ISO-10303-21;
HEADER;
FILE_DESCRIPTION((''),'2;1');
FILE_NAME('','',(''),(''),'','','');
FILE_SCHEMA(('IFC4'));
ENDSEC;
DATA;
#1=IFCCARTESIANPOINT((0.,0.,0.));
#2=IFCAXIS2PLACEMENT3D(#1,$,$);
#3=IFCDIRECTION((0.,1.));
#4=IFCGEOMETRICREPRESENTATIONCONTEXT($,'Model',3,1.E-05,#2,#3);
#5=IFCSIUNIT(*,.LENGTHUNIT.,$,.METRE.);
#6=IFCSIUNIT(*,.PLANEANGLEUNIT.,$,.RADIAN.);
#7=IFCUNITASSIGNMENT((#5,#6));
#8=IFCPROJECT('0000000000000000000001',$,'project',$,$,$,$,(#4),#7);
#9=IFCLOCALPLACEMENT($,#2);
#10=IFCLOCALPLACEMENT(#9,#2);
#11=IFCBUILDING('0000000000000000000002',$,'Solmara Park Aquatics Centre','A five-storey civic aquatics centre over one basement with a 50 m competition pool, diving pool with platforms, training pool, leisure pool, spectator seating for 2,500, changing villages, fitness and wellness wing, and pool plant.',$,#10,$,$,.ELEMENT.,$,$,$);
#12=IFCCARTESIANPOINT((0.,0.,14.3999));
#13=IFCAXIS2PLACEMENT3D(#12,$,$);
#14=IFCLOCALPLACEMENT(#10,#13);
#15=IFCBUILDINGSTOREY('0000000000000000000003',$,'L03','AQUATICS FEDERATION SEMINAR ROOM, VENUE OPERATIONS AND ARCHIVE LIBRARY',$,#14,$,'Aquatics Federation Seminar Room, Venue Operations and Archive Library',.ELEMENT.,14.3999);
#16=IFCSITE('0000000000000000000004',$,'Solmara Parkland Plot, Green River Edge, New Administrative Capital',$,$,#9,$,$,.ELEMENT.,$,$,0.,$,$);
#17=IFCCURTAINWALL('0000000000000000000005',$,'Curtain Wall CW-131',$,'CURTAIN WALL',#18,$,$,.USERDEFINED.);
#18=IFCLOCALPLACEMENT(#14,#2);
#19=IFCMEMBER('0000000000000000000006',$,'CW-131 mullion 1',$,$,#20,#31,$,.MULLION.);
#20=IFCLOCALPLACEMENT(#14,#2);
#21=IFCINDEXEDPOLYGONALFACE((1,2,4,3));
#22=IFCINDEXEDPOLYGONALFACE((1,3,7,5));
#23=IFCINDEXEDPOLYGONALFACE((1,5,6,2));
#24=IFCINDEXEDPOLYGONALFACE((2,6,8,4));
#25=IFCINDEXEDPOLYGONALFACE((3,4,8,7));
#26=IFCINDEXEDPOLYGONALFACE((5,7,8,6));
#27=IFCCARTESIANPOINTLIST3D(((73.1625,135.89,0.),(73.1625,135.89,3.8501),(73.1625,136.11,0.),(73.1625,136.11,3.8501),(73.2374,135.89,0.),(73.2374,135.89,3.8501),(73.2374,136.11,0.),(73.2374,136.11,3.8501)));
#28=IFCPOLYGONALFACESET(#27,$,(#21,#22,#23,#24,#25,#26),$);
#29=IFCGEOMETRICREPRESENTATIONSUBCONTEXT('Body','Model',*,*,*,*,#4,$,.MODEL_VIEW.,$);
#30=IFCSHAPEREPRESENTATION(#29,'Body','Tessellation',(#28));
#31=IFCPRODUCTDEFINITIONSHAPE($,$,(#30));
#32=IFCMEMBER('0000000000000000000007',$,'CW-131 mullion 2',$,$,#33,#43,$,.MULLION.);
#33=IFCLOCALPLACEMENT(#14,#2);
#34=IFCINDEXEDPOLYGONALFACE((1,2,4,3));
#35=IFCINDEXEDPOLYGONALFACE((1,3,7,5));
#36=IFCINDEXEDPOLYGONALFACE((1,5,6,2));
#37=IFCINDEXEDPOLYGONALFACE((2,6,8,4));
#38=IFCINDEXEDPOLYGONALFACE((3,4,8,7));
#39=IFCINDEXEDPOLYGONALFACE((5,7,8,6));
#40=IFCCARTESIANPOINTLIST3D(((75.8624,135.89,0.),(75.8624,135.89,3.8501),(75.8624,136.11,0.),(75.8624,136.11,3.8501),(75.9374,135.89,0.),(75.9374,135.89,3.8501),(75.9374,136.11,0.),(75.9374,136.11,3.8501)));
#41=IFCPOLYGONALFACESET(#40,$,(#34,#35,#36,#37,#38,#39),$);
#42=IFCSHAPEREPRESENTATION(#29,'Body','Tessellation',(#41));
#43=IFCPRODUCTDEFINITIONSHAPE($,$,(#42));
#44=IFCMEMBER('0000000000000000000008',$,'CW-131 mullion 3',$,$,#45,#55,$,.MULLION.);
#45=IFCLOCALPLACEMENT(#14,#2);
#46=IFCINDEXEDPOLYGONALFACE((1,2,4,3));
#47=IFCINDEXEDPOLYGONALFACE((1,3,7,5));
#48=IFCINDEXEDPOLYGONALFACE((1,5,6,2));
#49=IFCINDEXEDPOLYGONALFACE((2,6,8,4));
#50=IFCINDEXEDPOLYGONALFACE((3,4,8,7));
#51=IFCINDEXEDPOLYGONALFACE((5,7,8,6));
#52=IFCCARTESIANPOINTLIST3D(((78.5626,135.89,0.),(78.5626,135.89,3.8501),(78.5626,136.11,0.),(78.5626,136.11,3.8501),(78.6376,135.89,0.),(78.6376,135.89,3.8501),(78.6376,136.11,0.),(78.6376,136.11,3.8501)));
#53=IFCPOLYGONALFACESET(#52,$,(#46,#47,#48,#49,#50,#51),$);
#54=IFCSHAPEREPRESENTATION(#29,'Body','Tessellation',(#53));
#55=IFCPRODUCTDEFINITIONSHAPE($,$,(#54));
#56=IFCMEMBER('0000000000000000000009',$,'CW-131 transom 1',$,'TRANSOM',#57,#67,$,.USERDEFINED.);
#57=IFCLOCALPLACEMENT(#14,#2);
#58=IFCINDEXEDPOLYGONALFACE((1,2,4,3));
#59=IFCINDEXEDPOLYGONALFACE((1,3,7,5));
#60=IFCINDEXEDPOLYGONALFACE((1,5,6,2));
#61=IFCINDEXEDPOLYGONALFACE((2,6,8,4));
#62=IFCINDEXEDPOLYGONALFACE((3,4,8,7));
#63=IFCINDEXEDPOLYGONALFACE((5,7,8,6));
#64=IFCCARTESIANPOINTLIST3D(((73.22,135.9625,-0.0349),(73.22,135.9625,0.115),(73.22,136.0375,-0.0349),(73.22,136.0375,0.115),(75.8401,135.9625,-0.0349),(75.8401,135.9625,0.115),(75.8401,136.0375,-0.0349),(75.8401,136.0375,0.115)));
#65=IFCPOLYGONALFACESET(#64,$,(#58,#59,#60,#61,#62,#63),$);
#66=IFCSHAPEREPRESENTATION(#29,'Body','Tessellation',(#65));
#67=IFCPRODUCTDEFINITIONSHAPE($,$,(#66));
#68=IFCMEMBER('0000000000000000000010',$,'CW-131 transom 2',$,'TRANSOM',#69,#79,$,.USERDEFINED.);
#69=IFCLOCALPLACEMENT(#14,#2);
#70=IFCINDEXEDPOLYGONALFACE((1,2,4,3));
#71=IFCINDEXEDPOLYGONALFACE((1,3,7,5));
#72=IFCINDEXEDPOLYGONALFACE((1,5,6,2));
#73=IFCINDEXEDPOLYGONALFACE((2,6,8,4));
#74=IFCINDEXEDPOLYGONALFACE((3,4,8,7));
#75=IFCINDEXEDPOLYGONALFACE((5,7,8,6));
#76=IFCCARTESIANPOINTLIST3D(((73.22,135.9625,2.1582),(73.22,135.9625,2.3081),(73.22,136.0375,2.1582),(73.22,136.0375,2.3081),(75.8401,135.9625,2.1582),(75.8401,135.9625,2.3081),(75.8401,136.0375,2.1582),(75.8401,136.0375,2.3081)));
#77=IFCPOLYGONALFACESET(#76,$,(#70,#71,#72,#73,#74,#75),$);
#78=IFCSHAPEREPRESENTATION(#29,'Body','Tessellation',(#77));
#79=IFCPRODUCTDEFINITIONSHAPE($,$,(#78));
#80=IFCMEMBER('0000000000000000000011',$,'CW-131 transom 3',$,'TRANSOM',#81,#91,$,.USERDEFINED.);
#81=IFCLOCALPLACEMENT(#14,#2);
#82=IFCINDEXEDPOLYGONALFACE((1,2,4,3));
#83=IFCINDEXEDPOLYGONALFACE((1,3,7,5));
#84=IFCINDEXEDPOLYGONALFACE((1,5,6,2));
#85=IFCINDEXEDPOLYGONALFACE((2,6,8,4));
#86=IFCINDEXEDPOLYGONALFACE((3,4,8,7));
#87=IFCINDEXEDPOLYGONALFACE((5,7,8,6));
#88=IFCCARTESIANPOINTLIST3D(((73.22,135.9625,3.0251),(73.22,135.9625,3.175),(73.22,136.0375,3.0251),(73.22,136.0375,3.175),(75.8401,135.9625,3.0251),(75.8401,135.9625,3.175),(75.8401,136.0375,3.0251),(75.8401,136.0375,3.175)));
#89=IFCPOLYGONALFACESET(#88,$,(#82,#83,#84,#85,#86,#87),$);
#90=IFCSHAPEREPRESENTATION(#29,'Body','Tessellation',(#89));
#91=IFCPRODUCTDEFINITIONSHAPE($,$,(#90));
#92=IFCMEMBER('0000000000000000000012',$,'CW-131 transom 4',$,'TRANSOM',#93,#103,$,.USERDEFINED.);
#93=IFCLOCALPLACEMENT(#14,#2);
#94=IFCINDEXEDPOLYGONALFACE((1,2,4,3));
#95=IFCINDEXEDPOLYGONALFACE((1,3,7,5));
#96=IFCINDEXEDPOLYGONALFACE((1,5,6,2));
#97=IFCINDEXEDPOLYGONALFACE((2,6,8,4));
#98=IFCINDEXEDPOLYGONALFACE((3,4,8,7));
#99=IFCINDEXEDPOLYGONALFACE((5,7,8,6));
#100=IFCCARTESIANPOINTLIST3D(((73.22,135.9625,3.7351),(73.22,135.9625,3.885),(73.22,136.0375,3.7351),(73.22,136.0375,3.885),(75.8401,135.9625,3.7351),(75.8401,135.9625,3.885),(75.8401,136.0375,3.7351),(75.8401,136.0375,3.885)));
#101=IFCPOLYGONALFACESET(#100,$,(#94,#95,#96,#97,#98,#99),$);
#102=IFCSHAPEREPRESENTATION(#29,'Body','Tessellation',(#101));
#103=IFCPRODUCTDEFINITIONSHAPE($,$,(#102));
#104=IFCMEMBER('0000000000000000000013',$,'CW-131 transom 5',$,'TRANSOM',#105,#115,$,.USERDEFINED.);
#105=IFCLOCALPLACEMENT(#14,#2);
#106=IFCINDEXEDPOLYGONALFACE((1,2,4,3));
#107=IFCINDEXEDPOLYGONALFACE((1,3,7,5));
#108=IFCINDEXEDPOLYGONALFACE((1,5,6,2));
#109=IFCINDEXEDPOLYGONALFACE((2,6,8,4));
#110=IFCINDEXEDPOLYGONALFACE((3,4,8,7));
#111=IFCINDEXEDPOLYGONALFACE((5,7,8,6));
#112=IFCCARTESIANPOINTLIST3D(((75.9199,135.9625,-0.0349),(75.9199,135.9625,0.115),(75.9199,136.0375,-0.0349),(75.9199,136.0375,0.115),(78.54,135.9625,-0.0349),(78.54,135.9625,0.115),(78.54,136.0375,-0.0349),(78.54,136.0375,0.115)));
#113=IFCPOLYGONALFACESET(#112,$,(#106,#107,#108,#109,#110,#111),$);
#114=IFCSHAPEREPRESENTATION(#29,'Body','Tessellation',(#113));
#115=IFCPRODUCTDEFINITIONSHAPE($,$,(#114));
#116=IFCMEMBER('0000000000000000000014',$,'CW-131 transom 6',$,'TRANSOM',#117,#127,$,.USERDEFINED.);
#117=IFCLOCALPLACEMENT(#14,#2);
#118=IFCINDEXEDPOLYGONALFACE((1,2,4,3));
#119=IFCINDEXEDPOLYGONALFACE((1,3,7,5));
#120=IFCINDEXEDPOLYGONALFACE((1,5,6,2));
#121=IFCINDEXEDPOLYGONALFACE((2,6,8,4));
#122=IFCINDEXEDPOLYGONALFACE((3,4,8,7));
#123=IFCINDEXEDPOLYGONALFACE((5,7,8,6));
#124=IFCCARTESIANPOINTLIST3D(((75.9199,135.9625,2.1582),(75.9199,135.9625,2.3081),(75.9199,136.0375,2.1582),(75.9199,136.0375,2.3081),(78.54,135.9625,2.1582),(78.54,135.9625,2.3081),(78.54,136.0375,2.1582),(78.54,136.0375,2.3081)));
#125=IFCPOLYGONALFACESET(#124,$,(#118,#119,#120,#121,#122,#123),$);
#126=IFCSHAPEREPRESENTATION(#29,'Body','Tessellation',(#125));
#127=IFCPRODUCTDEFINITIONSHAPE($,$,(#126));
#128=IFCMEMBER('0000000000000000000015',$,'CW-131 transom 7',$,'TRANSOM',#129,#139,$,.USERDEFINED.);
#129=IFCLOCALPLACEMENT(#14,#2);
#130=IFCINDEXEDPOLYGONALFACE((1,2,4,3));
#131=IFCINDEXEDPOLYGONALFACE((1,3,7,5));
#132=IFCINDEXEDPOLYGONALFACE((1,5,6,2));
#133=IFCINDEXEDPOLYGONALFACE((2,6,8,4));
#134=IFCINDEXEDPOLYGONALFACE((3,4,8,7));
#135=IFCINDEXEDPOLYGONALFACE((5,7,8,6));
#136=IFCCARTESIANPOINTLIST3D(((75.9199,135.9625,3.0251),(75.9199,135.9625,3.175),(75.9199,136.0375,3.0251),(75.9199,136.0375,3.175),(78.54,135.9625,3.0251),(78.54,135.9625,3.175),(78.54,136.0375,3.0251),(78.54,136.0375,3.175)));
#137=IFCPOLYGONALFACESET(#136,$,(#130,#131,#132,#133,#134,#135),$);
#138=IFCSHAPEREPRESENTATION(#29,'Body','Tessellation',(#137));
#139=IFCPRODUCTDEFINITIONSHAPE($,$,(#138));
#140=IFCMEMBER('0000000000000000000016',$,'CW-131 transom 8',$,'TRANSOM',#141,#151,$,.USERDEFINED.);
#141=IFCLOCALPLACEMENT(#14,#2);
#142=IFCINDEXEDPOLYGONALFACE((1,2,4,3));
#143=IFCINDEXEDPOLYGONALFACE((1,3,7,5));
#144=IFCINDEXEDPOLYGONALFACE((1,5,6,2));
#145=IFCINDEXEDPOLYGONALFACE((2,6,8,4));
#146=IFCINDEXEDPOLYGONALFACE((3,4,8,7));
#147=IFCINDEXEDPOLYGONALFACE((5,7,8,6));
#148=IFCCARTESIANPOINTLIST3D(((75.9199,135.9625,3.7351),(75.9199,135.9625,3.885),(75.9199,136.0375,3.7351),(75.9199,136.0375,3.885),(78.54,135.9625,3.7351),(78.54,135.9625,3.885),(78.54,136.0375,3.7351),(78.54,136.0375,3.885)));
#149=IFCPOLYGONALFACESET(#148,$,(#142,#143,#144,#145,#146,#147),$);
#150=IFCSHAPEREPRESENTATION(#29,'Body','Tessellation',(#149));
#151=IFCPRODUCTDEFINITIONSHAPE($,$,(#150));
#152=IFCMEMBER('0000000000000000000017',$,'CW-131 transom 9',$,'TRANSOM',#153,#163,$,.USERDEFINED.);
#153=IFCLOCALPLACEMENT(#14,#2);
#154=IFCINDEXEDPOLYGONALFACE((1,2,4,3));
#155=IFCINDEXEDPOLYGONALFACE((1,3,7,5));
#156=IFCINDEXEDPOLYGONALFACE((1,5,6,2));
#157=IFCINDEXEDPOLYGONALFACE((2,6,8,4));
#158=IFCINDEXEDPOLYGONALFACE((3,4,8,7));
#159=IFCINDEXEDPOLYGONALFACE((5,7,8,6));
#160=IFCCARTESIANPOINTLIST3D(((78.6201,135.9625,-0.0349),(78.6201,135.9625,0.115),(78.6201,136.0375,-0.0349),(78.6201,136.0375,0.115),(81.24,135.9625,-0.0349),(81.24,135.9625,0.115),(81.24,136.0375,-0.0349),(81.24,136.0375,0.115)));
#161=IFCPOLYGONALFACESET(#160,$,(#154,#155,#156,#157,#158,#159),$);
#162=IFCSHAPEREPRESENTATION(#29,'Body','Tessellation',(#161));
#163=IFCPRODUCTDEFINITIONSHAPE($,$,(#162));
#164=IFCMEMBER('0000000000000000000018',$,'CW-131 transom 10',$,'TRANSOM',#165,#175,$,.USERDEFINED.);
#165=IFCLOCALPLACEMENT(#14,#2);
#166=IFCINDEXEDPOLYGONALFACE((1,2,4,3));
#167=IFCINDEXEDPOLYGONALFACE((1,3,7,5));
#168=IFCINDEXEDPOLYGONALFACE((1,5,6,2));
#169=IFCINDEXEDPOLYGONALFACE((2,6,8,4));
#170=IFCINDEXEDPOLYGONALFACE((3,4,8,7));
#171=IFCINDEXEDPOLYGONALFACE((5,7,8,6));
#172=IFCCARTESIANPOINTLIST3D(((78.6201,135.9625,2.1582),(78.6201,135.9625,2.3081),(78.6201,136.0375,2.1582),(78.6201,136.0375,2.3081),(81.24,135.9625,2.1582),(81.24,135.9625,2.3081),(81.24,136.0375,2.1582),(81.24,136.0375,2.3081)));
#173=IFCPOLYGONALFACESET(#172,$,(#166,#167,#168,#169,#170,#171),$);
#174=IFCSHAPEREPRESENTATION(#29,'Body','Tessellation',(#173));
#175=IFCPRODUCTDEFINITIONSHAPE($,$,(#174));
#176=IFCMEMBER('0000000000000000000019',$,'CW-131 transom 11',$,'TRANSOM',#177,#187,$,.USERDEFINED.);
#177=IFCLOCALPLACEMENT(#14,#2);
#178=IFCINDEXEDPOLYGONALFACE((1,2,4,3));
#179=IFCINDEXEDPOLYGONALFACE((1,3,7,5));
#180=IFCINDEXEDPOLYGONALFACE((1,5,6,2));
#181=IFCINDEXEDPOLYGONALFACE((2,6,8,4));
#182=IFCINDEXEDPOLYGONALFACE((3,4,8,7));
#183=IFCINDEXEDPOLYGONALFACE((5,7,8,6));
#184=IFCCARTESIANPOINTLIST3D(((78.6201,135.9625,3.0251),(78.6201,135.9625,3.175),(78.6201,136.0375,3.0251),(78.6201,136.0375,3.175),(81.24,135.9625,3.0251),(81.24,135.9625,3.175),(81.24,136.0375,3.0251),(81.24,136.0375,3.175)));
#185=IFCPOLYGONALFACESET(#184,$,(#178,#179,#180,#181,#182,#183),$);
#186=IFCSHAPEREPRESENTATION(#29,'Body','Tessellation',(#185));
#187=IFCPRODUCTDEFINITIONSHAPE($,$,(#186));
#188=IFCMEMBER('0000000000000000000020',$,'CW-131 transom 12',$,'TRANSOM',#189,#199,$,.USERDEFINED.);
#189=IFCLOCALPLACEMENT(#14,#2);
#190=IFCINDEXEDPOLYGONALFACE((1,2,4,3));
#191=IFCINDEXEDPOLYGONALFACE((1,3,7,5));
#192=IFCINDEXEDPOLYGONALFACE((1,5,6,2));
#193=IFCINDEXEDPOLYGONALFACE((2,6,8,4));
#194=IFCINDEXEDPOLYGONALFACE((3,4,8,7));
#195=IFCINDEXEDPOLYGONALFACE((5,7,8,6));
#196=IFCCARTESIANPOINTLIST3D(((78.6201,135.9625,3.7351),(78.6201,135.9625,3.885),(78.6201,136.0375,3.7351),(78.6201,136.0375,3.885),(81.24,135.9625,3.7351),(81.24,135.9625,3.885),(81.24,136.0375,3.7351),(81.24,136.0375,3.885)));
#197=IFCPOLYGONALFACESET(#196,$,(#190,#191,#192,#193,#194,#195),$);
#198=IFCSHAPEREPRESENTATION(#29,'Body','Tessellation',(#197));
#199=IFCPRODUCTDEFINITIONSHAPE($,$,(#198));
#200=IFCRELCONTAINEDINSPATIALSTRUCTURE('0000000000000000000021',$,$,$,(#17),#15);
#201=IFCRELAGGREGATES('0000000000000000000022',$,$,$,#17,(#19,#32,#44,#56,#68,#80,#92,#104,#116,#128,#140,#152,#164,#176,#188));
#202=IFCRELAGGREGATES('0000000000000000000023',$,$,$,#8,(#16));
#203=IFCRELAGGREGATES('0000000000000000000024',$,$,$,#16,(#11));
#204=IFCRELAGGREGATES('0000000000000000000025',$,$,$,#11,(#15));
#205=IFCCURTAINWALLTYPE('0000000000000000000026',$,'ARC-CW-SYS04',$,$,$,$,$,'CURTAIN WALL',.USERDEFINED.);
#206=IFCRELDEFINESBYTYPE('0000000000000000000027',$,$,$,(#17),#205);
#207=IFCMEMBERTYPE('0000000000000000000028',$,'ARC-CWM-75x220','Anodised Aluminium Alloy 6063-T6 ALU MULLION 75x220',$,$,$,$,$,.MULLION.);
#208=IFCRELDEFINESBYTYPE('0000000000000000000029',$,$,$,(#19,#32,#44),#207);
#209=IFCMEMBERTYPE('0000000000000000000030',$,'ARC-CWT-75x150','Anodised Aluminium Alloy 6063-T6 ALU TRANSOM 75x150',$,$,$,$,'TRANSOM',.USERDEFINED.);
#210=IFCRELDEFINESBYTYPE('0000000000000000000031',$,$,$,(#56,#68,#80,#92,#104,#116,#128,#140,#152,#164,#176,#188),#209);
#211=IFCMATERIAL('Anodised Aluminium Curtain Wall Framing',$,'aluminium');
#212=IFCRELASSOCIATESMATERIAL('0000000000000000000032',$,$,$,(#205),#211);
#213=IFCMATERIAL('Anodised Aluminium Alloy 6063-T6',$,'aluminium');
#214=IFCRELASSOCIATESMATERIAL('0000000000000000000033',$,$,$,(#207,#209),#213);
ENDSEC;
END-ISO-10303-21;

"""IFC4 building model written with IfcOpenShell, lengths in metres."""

from ifc_helpers import new_model, si_unit, direction, frame, origin, origin_2d, place, context, subcontext, project, spatial, rectangle, extrude, material, material_profile, profile_set, type_object, element, aggregate, save


model = new_model("IFC4")

# Units and contexts
model_context = context("Model", 3, precision=1e-05, world=origin(), true_north=direction((0.0, 1.0)))
body_context = subcontext(model_context, "Body", "Model", "MODEL_VIEW")
ifc_project = project(units=[si_unit("LENGTHUNIT", "METRE"), si_unit("PLANEANGLEUNIT", "RADIAN")], contexts=[model_context])

# Site, building, storey
site_placement = place(None, origin())
site = spatial("IfcSite", under=ifc_project, at=site_placement, Name="Solmara Parkland Plot, Green River Edge, New Administrative Capital", CompositionType="ELEMENT", RefElevation=0.0)
building_placement = place(site_placement, origin())
building = spatial("IfcBuilding", under=site, at=building_placement, Name="Solmara Park Aquatics Centre", Description="A five-storey civic aquatics centre over one basement with a 50 m competition pool, diving pool with platforms, training pool, leisure pool, spectator seating for 2,500, changing villages, fitness and wellness wing, and pool plant.", CompositionType="ELEMENT")
storey_placement = place(building_placement, frame((0.0, 0.0, 14.3999)))
storey = spatial("IfcBuildingStorey", under=building, at=storey_placement, Name="L03", Description="AQUATICS FEDERATION SEMINAR ROOM, VENUE OPERATIONS AND ARCHIVE LIBRARY", LongName="Aquatics Federation Seminar Room, Venue Operations and Archive Library", CompositionType="ELEMENT", Elevation=14.3999)

# Curtain wall, members
ifc_material_1 = material(Name="Anodised Aluminium Curtain Wall Framing", Category="aluminium")
curtain_wall_type = type_object("IfcCurtainWallType", Name="ARC-CW-SYS04", ElementType="CURTAIN WALL", PredefinedType="USERDEFINED", material=ifc_material_1)
curtain_wall_placement = place(storey_placement, origin())
curtain_wall = element("IfcCurtainWall", 1, at=curtain_wall_placement, inside=storey, type_object=curtain_wall_type, Name="Curtain Wall CW-131", ObjectType="CURTAIN WALL", PredefinedType="USERDEFINED")
ifc_material_2 = material(Name="Anodised Aluminium Alloy 6063-T6", Category="aluminium")
ifc_material_profile_1 = material_profile(ifc_material_2, rectangle(XDim=0.075, YDim=0.22, at=origin_2d()), Name="ALU MULLION 75x220")
ifc_profile_set_1 = profile_set([ifc_material_profile_1], Name="Anodised Aluminium Alloy 6063-T6")
member_type_1 = type_object("IfcMemberType", Name="ARC-CWM-75x220", Description="Anodised Aluminium Alloy 6063-T6 ALU MULLION 75x220", PredefinedType="MULLION", material=ifc_profile_set_1)
member_1_placement = place(storey_placement, frame((73.2, 136.0, 0.0), z_axis=(0.0, 0.0, 1.0), x_axis=(1.0, 0.0, 0.0)))
member_1 = element("IfcMember", 2, at=member_1_placement, type_object=member_type_1, Name="CW-131 mullion 1", PredefinedType="MULLION", context=body_context, shape_type="SweptSolid", body=[
    extrude(rectangle(XDim=0.075, YDim=0.22, at=origin_2d()), origin(), (0.0, 0.0, 1.0), 3.8501),
])
member_2_placement = place(storey_placement, frame((75.8999, 136.0, 0.0), z_axis=(0.0, 0.0, 1.0), x_axis=(1.0, 0.0, 0.0)))
member_2 = element("IfcMember", 3, at=member_2_placement, type_object=member_type_1, Name="CW-131 mullion 2", PredefinedType="MULLION", context=body_context, shape_type="SweptSolid", body=[
    extrude(rectangle(XDim=0.075, YDim=0.22, at=origin_2d()), origin(), (0.0, 0.0, 1.0), 3.8501),
])
member_3_placement = place(storey_placement, frame((78.6001, 136.0, 0.0), z_axis=(0.0, 0.0, 1.0), x_axis=(1.0, 0.0, 0.0)))
member_3 = element("IfcMember", 4, at=member_3_placement, type_object=member_type_1, Name="CW-131 mullion 3", PredefinedType="MULLION", context=body_context, shape_type="SweptSolid", body=[
    extrude(rectangle(XDim=0.075, YDim=0.22, at=origin_2d()), origin(), (0.0, 0.0, 1.0), 3.8501),
])
ifc_material_profile_2 = material_profile(ifc_material_2, rectangle(XDim=0.075, YDim=0.1499, at=origin_2d()), Name="ALU TRANSOM 75x150")
ifc_profile_set_2 = profile_set([ifc_material_profile_2], Name="Anodised Aluminium Alloy 6063-T6")
member_type_2 = type_object("IfcMemberType", Name="ARC-CWT-75x150", Description="Anodised Aluminium Alloy 6063-T6 ALU TRANSOM 75x150", ElementType="TRANSOM", PredefinedType="USERDEFINED", material=ifc_profile_set_2)
member_4_placement = place(storey_placement, frame((73.22, 136.0, 0.04), z_axis=(1.0, 0.0, 0.0), x_axis=(0.0, 1.0, 0.0)))
member_4 = element("IfcMember", 5, at=member_4_placement, type_object=member_type_2, Name="CW-131 transom 1", ObjectType="TRANSOM", PredefinedType="USERDEFINED", context=body_context, shape_type="SweptSolid", body=[
    extrude(rectangle(XDim=0.075, YDim=0.1499, at=origin_2d()), origin(), (0.0, 0.0, 1.0), 2.6201),
])
member_5_placement = place(storey_placement, frame((73.22, 136.0, 2.2332), z_axis=(1.0, 0.0, 0.0), x_axis=(0.0, 1.0, 0.0)))
member_5 = element("IfcMember", 6, at=member_5_placement, type_object=member_type_2, Name="CW-131 transom 2", ObjectType="TRANSOM", PredefinedType="USERDEFINED", context=body_context, shape_type="SweptSolid", body=[
    extrude(rectangle(XDim=0.075, YDim=0.1499, at=origin_2d()), origin(), (0.0, 0.0, 1.0), 2.6201),
])
member_6_placement = place(storey_placement, frame((73.22, 136.0, 3.1001), z_axis=(1.0, 0.0, 0.0), x_axis=(0.0, 1.0, 0.0)))
member_6 = element("IfcMember", 7, at=member_6_placement, type_object=member_type_2, Name="CW-131 transom 3", ObjectType="TRANSOM", PredefinedType="USERDEFINED", context=body_context, shape_type="SweptSolid", body=[
    extrude(rectangle(XDim=0.075, YDim=0.1499, at=origin_2d()), origin(), (0.0, 0.0, 1.0), 2.6201),
])
member_7_placement = place(storey_placement, frame((73.22, 136.0, 3.8101), z_axis=(1.0, 0.0, 0.0), x_axis=(0.0, 1.0, 0.0)))
member_7 = element("IfcMember", 8, at=member_7_placement, type_object=member_type_2, Name="CW-131 transom 4", ObjectType="TRANSOM", PredefinedType="USERDEFINED", context=body_context, shape_type="SweptSolid", body=[
    extrude(rectangle(XDim=0.075, YDim=0.1499, at=origin_2d()), origin(), (0.0, 0.0, 1.0), 2.6201),
])
member_8_placement = place(storey_placement, frame((75.9199, 136.0, 0.04), z_axis=(1.0, 0.0, 0.0), x_axis=(0.0, 1.0, 0.0)))
member_8 = element("IfcMember", 9, at=member_8_placement, type_object=member_type_2, Name="CW-131 transom 5", ObjectType="TRANSOM", PredefinedType="USERDEFINED", context=body_context, shape_type="SweptSolid", body=[
    extrude(rectangle(XDim=0.075, YDim=0.1499, at=origin_2d()), origin(), (0.0, 0.0, 1.0), 2.6201),
])
member_9_placement = place(storey_placement, frame((75.9199, 136.0, 2.2332), z_axis=(1.0, 0.0, 0.0), x_axis=(0.0, 1.0, 0.0)))
member_9 = element("IfcMember", 10, at=member_9_placement, type_object=member_type_2, Name="CW-131 transom 6", ObjectType="TRANSOM", PredefinedType="USERDEFINED", context=body_context, shape_type="SweptSolid", body=[
    extrude(rectangle(XDim=0.075, YDim=0.1499, at=origin_2d()), origin(), (0.0, 0.0, 1.0), 2.6201),
])
member_10_placement = place(storey_placement, frame((75.9199, 136.0, 3.1001), z_axis=(1.0, 0.0, 0.0), x_axis=(0.0, 1.0, 0.0)))
member_10 = element("IfcMember", 11, at=member_10_placement, type_object=member_type_2, Name="CW-131 transom 7", ObjectType="TRANSOM", PredefinedType="USERDEFINED", context=body_context, shape_type="SweptSolid", body=[
    extrude(rectangle(XDim=0.075, YDim=0.1499, at=origin_2d()), origin(), (0.0, 0.0, 1.0), 2.6201),
])
member_11_placement = place(storey_placement, frame((75.9199, 136.0, 3.8101), z_axis=(1.0, 0.0, 0.0), x_axis=(0.0, 1.0, 0.0)))
member_11 = element("IfcMember", 12, at=member_11_placement, type_object=member_type_2, Name="CW-131 transom 8", ObjectType="TRANSOM", PredefinedType="USERDEFINED", context=body_context, shape_type="SweptSolid", body=[
    extrude(rectangle(XDim=0.075, YDim=0.1499, at=origin_2d()), origin(), (0.0, 0.0, 1.0), 2.6201),
])
member_12_placement = place(storey_placement, frame((78.6201, 136.0, 0.04), z_axis=(1.0, 0.0, 0.0), x_axis=(0.0, 1.0, 0.0)))
member_12 = element("IfcMember", 13, at=member_12_placement, type_object=member_type_2, Name="CW-131 transom 9", ObjectType="TRANSOM", PredefinedType="USERDEFINED", context=body_context, shape_type="SweptSolid", body=[
    extrude(rectangle(XDim=0.075, YDim=0.1499, at=origin_2d()), origin(), (0.0, 0.0, 1.0), 2.6199),
])
member_13_placement = place(storey_placement, frame((78.6201, 136.0, 2.2332), z_axis=(1.0, 0.0, 0.0), x_axis=(0.0, 1.0, 0.0)))
member_13 = element("IfcMember", 14, at=member_13_placement, type_object=member_type_2, Name="CW-131 transom 10", ObjectType="TRANSOM", PredefinedType="USERDEFINED", context=body_context, shape_type="SweptSolid", body=[
    extrude(rectangle(XDim=0.075, YDim=0.1499, at=origin_2d()), origin(), (0.0, 0.0, 1.0), 2.6199),
])
member_14_placement = place(storey_placement, frame((78.6201, 136.0, 3.1001), z_axis=(1.0, 0.0, 0.0), x_axis=(0.0, 1.0, 0.0)))
member_14 = element("IfcMember", 15, at=member_14_placement, type_object=member_type_2, Name="CW-131 transom 11", ObjectType="TRANSOM", PredefinedType="USERDEFINED", context=body_context, shape_type="SweptSolid", body=[
    extrude(rectangle(XDim=0.075, YDim=0.1499, at=origin_2d()), origin(), (0.0, 0.0, 1.0), 2.6199),
])
member_15_placement = place(storey_placement, frame((78.6201, 136.0, 3.8101), z_axis=(1.0, 0.0, 0.0), x_axis=(0.0, 1.0, 0.0)))
member_15 = element("IfcMember", 16, at=member_15_placement, type_object=member_type_2, Name="CW-131 transom 12", ObjectType="TRANSOM", PredefinedType="USERDEFINED", context=body_context, shape_type="SweptSolid", body=[
    extrude(rectangle(XDim=0.075, YDim=0.1499, at=origin_2d()), origin(), (0.0, 0.0, 1.0), 2.6199),
])

aggregate(curtain_wall, [member_1, member_2, member_3, member_4, member_5, member_6, member_7, member_8, member_9, member_10, member_11, member_12, member_13, member_14, member_15])

save(model, "model.ifc")
